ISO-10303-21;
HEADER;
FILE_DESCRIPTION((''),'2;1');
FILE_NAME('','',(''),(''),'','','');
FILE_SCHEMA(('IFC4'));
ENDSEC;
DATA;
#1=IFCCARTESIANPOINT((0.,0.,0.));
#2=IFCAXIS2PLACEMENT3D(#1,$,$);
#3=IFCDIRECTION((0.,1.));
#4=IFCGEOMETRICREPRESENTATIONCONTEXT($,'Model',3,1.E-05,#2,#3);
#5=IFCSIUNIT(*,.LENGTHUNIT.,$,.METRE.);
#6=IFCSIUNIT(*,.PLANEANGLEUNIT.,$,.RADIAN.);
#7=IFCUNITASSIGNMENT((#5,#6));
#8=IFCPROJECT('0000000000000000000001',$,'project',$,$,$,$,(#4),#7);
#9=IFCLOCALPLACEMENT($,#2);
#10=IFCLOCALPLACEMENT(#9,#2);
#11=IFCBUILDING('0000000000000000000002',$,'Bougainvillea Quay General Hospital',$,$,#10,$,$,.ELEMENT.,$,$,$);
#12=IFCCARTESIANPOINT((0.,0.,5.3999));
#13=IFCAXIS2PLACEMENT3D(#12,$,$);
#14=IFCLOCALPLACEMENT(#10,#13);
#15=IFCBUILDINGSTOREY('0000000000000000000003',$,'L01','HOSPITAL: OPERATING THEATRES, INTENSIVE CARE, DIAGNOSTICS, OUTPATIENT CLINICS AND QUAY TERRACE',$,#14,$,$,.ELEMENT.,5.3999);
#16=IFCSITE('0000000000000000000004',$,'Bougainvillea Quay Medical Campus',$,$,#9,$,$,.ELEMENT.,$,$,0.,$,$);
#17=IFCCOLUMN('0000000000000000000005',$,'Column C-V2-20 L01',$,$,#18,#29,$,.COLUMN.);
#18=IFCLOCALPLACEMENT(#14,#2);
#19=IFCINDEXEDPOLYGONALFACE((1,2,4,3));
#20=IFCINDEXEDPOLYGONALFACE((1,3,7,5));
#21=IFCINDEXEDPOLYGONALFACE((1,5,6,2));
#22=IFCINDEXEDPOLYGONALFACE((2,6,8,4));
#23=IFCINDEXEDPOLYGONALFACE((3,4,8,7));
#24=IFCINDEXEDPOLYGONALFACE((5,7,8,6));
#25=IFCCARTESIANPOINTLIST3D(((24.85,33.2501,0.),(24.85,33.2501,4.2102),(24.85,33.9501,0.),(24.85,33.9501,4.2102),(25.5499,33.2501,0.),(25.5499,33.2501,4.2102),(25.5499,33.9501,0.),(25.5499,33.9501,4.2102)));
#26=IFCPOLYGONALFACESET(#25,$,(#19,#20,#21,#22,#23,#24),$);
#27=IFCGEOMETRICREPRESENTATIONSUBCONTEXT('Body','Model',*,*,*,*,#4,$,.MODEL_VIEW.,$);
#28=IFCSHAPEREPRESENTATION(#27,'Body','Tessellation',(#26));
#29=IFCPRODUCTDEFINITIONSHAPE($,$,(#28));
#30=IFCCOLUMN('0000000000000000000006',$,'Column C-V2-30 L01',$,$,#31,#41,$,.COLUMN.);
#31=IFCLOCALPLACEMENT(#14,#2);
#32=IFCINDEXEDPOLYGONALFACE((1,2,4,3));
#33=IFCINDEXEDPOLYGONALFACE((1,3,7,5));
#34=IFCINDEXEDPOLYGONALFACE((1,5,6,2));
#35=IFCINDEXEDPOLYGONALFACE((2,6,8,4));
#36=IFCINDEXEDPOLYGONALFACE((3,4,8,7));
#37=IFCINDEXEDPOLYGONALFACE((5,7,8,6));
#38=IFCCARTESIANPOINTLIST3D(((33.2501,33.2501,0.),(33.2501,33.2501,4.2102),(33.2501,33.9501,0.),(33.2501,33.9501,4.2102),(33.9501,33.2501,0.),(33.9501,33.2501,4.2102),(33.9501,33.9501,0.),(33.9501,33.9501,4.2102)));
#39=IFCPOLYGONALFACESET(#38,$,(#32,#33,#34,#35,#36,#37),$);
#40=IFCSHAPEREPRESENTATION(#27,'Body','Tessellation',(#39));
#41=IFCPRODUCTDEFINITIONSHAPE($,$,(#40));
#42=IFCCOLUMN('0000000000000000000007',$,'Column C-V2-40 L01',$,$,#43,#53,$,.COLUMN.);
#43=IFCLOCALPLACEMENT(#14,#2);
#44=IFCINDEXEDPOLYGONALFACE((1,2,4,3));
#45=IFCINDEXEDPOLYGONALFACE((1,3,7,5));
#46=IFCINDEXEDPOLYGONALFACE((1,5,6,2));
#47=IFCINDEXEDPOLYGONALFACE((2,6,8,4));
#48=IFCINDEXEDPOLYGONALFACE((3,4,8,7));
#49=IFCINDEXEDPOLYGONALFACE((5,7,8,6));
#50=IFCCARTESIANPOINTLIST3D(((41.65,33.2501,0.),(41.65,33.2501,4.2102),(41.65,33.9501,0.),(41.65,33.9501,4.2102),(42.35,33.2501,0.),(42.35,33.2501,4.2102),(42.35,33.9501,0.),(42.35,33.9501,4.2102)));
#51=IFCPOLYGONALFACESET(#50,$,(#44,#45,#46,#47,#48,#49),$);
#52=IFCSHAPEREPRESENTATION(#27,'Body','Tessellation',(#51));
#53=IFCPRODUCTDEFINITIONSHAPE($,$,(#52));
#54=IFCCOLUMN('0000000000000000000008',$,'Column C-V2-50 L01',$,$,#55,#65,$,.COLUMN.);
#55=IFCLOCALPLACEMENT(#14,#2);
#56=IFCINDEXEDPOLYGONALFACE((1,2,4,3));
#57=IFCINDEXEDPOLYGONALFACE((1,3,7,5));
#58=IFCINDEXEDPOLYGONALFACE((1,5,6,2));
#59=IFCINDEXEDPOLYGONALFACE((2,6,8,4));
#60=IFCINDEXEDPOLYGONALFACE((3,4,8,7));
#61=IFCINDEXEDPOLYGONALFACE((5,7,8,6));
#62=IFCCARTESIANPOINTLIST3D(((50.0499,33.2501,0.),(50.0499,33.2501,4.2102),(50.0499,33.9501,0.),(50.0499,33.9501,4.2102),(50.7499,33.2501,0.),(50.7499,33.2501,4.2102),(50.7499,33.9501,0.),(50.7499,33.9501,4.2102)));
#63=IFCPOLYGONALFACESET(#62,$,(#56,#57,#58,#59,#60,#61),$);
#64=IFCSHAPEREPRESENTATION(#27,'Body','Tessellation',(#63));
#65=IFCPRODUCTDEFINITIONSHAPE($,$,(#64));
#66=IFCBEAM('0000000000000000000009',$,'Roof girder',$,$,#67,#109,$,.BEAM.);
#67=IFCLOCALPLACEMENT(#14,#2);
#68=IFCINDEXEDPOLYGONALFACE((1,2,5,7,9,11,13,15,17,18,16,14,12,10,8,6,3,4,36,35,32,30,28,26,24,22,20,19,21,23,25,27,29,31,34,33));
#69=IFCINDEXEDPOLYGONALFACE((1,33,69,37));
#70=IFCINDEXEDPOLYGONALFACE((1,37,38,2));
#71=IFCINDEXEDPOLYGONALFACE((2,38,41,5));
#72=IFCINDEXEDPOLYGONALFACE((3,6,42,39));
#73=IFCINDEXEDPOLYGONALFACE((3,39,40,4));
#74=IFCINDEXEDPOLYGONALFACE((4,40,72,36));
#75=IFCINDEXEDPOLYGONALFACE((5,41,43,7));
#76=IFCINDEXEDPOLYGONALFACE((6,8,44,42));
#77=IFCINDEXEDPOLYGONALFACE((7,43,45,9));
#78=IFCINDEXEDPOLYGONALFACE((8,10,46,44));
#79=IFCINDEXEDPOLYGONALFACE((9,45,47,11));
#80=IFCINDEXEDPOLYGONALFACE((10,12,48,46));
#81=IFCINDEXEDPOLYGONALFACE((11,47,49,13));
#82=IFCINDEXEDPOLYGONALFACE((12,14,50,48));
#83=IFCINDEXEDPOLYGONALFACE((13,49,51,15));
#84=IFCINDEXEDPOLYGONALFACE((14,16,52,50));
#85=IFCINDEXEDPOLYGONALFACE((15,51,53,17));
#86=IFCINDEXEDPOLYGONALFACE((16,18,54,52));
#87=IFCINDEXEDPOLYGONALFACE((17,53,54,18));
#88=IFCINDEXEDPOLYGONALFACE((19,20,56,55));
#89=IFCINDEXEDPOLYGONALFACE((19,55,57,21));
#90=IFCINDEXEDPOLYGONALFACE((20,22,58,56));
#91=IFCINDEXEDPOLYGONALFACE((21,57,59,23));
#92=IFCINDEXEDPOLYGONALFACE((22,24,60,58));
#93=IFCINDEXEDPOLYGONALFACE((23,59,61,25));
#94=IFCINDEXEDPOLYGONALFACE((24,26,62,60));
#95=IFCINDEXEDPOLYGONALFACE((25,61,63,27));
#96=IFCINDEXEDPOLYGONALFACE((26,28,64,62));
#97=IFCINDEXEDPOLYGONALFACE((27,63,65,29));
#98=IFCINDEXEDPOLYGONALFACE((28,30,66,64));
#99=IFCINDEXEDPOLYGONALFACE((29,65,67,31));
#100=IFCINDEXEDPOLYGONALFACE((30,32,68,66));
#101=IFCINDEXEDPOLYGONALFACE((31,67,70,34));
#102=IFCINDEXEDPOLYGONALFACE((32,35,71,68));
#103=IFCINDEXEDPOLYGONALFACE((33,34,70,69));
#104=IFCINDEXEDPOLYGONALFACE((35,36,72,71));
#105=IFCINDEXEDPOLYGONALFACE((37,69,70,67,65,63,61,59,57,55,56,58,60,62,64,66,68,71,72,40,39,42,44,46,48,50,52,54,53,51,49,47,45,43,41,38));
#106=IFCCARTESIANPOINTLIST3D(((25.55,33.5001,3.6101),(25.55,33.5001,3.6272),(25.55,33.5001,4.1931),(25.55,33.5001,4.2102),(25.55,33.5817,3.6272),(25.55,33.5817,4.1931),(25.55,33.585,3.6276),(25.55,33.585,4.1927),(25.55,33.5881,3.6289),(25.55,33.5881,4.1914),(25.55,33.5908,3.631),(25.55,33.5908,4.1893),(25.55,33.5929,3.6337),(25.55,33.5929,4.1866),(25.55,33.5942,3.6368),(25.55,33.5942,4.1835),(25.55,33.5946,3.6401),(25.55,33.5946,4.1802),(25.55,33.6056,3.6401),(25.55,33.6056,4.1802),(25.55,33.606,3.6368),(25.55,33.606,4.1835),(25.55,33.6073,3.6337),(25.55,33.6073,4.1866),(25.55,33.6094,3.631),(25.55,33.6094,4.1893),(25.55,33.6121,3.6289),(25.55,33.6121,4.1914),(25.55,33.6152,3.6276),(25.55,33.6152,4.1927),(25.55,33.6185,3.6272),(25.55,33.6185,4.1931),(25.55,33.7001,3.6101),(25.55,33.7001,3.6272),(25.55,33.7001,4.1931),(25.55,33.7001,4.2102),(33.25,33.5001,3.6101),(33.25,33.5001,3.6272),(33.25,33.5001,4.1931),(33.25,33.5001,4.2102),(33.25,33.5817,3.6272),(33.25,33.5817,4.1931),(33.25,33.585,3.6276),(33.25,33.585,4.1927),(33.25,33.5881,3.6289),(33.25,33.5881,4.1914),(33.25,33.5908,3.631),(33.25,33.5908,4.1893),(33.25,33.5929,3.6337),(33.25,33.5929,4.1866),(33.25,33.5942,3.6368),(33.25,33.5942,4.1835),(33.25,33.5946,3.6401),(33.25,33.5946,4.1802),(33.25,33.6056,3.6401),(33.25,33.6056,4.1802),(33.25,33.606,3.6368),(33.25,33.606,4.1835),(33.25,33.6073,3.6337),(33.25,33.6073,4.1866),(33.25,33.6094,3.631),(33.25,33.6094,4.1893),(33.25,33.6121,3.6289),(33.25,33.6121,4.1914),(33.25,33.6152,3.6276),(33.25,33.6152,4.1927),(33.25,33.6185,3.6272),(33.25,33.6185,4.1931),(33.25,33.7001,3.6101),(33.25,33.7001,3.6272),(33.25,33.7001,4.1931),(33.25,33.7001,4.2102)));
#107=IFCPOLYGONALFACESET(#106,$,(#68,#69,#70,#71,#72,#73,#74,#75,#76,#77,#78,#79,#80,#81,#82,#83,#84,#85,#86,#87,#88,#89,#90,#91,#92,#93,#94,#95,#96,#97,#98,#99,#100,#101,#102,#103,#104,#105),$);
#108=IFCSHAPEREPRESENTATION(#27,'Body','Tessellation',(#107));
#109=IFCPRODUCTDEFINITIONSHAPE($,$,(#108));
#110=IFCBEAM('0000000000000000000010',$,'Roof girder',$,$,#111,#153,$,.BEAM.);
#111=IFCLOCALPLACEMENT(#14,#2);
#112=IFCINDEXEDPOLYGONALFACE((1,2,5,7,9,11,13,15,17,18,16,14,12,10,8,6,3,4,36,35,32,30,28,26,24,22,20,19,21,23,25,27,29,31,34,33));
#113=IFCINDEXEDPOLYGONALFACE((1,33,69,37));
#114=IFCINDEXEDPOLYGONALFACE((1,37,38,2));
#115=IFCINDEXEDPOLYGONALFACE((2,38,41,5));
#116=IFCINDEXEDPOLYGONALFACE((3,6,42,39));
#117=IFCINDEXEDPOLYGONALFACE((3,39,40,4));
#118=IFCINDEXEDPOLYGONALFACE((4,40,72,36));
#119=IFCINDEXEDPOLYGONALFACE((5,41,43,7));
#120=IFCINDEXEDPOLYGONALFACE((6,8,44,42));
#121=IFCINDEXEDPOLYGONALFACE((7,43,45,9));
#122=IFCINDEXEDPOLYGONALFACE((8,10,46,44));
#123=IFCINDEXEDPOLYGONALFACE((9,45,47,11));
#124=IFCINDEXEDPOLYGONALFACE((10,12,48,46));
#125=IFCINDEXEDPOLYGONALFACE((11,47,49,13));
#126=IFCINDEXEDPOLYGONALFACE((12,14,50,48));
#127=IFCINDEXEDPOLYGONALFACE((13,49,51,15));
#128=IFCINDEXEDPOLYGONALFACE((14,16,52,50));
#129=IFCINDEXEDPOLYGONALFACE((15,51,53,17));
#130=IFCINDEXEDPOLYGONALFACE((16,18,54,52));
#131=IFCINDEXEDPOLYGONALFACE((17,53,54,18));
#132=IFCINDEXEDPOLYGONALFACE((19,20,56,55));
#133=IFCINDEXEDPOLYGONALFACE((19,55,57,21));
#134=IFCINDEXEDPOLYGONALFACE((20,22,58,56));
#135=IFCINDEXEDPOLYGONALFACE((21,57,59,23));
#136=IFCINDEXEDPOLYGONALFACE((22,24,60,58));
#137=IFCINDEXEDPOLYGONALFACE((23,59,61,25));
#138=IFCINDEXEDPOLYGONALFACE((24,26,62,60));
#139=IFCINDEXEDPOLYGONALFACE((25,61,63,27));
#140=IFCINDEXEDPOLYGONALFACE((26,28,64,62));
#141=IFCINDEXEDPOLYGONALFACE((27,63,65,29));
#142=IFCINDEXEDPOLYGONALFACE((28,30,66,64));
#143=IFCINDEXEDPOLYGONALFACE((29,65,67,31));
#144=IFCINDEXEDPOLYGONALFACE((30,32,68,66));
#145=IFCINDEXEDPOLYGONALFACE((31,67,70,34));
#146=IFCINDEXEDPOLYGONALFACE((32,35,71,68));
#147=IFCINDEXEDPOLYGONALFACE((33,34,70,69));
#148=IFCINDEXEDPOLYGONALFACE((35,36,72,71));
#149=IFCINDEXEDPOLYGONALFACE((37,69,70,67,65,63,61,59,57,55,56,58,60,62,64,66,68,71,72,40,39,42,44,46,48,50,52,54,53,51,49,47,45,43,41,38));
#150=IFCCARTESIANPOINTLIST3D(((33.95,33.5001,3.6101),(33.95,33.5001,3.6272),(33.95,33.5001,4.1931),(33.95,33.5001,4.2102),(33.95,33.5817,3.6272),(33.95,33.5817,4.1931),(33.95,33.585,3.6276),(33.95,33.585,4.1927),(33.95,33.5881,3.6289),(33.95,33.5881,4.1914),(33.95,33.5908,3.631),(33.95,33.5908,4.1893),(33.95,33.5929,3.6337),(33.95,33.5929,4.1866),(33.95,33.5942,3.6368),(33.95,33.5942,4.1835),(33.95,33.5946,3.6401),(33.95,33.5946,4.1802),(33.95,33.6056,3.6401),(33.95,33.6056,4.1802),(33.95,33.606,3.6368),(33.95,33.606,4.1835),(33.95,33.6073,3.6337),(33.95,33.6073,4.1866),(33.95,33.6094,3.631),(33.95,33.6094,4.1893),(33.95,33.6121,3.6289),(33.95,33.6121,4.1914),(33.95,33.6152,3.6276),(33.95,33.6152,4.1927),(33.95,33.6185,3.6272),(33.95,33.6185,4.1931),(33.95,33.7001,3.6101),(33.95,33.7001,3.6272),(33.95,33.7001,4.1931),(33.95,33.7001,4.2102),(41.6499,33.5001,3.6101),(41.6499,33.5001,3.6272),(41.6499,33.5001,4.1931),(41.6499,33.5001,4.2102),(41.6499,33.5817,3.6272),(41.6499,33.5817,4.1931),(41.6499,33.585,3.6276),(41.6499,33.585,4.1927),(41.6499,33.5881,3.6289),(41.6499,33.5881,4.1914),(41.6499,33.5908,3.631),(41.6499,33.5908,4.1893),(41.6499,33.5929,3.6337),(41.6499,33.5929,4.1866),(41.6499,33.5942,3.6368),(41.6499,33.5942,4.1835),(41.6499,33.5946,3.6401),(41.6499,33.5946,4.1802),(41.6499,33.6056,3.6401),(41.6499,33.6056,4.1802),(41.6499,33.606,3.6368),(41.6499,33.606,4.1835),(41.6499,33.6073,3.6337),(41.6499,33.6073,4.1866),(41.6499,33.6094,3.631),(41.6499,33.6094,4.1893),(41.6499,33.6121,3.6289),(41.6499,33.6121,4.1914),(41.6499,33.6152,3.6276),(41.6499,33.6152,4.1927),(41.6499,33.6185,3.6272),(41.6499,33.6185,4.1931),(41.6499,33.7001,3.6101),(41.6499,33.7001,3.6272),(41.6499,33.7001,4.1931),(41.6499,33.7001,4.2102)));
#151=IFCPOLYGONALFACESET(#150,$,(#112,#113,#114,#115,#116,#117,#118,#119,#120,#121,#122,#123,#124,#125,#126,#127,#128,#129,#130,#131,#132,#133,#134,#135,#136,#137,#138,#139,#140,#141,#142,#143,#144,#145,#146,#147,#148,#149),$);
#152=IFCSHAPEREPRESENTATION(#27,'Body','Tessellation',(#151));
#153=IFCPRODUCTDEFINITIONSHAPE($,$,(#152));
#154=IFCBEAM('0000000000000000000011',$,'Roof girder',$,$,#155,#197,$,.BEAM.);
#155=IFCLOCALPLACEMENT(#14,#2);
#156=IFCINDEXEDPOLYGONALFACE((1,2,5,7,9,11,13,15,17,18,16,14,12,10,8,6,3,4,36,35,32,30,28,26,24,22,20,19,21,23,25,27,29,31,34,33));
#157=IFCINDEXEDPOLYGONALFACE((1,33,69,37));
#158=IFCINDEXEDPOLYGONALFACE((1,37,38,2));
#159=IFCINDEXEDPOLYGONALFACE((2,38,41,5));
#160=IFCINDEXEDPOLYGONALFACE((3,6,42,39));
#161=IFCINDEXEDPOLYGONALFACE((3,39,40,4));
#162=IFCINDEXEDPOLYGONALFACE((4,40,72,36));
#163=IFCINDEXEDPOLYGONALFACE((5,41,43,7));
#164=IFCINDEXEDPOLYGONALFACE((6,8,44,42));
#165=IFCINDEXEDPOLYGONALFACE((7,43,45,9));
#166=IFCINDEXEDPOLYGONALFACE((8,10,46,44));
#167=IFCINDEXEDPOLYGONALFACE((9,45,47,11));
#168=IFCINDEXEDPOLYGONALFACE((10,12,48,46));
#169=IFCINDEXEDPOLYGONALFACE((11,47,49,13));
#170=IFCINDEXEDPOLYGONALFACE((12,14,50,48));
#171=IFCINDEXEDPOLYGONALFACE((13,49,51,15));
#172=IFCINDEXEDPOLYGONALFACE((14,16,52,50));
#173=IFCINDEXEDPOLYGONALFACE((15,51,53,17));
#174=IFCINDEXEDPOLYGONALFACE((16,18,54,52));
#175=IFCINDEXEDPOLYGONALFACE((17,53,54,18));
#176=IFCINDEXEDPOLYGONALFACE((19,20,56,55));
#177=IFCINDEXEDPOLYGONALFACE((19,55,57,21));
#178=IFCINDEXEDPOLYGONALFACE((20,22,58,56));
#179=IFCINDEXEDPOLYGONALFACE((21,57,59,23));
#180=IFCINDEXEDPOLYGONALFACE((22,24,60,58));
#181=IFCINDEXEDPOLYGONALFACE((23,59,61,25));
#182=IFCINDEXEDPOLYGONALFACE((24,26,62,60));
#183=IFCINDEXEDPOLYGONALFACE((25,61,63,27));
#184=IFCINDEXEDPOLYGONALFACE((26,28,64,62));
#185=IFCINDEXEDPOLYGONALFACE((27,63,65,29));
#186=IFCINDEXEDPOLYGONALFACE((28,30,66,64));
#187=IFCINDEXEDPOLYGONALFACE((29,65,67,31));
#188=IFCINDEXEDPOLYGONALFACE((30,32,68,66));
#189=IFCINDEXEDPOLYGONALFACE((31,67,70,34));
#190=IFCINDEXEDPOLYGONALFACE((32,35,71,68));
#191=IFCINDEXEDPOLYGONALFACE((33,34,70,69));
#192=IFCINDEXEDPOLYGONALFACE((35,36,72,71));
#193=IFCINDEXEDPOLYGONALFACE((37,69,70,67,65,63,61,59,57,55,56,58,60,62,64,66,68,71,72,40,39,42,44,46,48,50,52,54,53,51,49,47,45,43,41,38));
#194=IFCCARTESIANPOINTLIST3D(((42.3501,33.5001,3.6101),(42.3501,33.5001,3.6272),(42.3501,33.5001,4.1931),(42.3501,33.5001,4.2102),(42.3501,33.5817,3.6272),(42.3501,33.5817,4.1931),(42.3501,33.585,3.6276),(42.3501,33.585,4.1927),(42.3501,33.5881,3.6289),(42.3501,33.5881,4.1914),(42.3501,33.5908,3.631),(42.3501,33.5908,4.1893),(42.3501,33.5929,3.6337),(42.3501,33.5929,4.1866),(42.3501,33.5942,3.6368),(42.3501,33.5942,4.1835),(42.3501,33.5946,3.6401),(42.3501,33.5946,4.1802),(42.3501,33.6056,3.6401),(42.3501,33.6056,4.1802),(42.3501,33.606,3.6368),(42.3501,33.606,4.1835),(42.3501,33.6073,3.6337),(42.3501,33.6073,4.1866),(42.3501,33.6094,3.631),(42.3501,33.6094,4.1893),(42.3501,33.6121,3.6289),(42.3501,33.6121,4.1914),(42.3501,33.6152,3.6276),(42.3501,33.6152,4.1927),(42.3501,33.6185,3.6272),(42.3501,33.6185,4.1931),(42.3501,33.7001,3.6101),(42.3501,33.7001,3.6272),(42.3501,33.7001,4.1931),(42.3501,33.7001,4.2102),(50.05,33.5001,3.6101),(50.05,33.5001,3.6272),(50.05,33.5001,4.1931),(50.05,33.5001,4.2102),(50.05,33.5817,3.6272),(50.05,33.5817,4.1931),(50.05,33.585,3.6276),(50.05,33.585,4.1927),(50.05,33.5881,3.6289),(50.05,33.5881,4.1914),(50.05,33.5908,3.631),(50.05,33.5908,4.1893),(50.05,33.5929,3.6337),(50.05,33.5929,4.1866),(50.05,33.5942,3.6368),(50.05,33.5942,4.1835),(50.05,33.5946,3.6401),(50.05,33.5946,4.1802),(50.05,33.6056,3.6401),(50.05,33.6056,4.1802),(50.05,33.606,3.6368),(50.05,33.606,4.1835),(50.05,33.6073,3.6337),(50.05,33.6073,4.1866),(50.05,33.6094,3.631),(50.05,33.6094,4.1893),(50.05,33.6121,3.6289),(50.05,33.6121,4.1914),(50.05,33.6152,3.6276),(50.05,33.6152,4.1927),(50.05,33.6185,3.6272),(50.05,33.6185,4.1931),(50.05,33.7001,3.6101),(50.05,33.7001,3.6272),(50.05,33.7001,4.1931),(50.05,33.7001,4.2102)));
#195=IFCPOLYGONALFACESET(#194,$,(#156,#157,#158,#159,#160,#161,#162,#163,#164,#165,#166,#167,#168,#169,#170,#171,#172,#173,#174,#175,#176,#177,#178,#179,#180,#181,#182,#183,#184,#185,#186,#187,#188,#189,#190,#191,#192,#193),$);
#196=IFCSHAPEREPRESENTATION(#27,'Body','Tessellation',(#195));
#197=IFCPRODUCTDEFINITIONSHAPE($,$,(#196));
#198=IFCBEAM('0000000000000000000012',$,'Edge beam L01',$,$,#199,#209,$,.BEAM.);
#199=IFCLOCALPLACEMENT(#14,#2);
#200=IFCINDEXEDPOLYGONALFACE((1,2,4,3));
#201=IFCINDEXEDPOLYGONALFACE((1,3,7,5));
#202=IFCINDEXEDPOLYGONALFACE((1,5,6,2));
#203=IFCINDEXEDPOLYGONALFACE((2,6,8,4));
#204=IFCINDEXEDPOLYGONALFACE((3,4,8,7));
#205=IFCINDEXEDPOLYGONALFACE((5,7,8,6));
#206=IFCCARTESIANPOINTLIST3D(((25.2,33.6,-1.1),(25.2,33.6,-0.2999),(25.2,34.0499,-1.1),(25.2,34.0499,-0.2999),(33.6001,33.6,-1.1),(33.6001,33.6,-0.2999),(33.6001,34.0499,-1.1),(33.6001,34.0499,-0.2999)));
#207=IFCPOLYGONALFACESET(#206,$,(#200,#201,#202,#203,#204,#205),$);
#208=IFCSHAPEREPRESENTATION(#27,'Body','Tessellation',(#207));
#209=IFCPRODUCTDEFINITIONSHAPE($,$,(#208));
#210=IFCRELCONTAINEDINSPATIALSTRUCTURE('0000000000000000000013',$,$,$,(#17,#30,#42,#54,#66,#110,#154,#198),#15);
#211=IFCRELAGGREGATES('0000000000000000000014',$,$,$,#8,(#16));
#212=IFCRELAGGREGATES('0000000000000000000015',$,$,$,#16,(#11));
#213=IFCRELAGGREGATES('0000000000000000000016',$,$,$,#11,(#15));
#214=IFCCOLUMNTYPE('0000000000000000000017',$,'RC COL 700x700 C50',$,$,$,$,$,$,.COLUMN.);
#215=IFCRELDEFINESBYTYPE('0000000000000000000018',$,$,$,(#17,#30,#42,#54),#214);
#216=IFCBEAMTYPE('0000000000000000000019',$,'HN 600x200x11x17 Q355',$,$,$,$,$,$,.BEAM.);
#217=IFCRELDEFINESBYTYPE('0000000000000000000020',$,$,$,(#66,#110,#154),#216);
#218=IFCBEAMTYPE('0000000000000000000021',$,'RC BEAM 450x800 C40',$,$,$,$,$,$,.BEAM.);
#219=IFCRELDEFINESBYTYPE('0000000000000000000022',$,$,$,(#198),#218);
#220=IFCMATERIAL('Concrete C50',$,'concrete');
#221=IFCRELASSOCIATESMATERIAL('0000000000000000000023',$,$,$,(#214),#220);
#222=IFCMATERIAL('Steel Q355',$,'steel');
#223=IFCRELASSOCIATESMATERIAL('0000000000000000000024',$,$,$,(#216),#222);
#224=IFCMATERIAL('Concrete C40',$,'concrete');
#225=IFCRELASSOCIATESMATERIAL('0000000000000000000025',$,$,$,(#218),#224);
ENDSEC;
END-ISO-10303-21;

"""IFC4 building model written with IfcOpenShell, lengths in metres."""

from ifc_helpers import new_model, si_unit, direction, frame, origin, origin_2d, place, context, subcontext, project, spatial, rectangle, i_section, extrude, material, material_profile, profile_set, type_object, element, save


model = new_model("IFC4")

# Units and contexts
model_context = context("Model", 3, precision=1e-05, world=origin(), true_north=direction((0.0, 1.0)))
body_context = subcontext(model_context, "Body", "Model", "MODEL_VIEW")
ifc_project = project(units=[si_unit("LENGTHUNIT", "METRE"), si_unit("PLANEANGLEUNIT", "RADIAN")], contexts=[model_context])

# Site, building, storey
site_placement = place(None, origin())
site = spatial("IfcSite", under=ifc_project, at=site_placement, Name="Bougainvillea Quay Medical Campus", CompositionType="ELEMENT", RefElevation=0.0)
building_placement = place(site_placement, origin())
building = spatial("IfcBuilding", under=site, at=building_placement, Name="Bougainvillea Quay General Hospital", CompositionType="ELEMENT")
storey_placement = place(building_placement, frame((0.0, 0.0, 5.3999)))
storey = spatial("IfcBuildingStorey", under=building, at=storey_placement, Name="L01", Description="HOSPITAL: OPERATING THEATRES, INTENSIVE CARE, DIAGNOSTICS, OUTPATIENT CLINICS AND QUAY TERRACE", CompositionType="ELEMENT", Elevation=5.3999)

# Columns
ifc_material_1 = material(Name="Concrete C50", Category="concrete")
ifc_material_profile_1 = material_profile(ifc_material_1, rectangle(XDim=0.7, YDim=0.7, at=origin_2d()))
ifc_profile_set_1 = profile_set([ifc_material_profile_1], Name="Concrete C50")
column_type = type_object("IfcColumnType", Name="RC COL 700x700 C50", PredefinedType="COLUMN", material=ifc_profile_set_1)
for number, where, z_axis, x_axis, name in (
    (1, (25.2, 33.6001, 0.0), (0.0, 0.0, 1.0), (1.0, 0.0, 0.0), "Column C-V2-20 L01"),
    (2, (33.6001, 33.6001, 0.0), (0.0, 0.0, 1.0), (1.0, 0.0, 0.0), "Column C-V2-30 L01"),
    (3, (42.0, 33.6001, 0.0), (0.0, 0.0, 1.0), (1.0, 0.0, 0.0), "Column C-V2-40 L01"),
    (4, (50.3999, 33.6001, 0.0), (0.0, 0.0, 1.0), (1.0, 0.0, 0.0), "Column C-V2-50 L01"),
):
    element("IfcColumn", number, at=place(storey_placement, frame(where, z_axis=z_axis, x_axis=x_axis)), inside=storey, type_object=column_type, Name=name, PredefinedType="COLUMN", context=body_context, shape_type="SweptSolid", body=[
        extrude(rectangle(XDim=0.7, YDim=0.7, at=origin_2d()), origin(), (0.0, 0.0, 1.0), 4.2102),
    ])

# Beams
ifc_material_2 = material(Name="Steel Q355", Category="steel")
ifc_material_profile_2 = material_profile(ifc_material_2, i_section(OverallWidth=0.2, OverallDepth=0.6001, WebThickness=0.011, FlangeThickness=0.0171, FilletRadius=0.0129, at=origin_2d()))
ifc_profile_set_2 = profile_set([ifc_material_profile_2], Name="Steel Q355")
beam_type_1 = type_object("IfcBeamType", Name="HN 600x200x11x17 Q355", PredefinedType="BEAM", material=ifc_profile_set_2)
for number, where, z_axis, x_axis, name in (
    (5, (25.55, 33.6001, 3.9102), (1.0, 0.0, 0.0), (0.0, 1.0, 0.0), "Roof girder"),
    (6, (33.95, 33.6001, 3.9102), (1.0, 0.0, 0.0), (0.0, 1.0, 0.0), "Roof girder"),
    (7, (42.3501, 33.6001, 3.9102), (1.0, 0.0, 0.0), (0.0, 1.0, 0.0), "Roof girder"),
):
    element("IfcBeam", number, at=place(storey_placement, frame(where, z_axis=z_axis, x_axis=x_axis)), inside=storey, type_object=beam_type_1, Name=name, PredefinedType="BEAM", context=body_context, shape_type="SweptSolid", body=[
        extrude(i_section(OverallWidth=0.2, OverallDepth=0.6001, WebThickness=0.011, FlangeThickness=0.0171, FilletRadius=0.0129, at=origin_2d()), origin(), (0.0, 0.0, 1.0), 7.7),
    ])
ifc_material_3 = material(Name="Concrete C40", Category="concrete")
ifc_material_profile_3 = material_profile(ifc_material_3, rectangle(XDim=0.45, YDim=0.8, at=origin_2d()))
ifc_profile_set_3 = profile_set([ifc_material_profile_3], Name="Concrete C40")
beam_type_2 = type_object("IfcBeamType", Name="RC BEAM 450x800 C40", PredefinedType="BEAM", material=ifc_profile_set_3)
beam_placement = place(storey_placement, frame((25.2, 33.825, -0.7), z_axis=(1.0, 0.0, 0.0), x_axis=(0.0, 1.0, 0.0)))
element("IfcBeam", 8, at=beam_placement, inside=storey, type_object=beam_type_2, Name="Edge beam L01", PredefinedType="BEAM", context=body_context, shape_type="SweptSolid", body=[
    extrude(rectangle(XDim=0.45, YDim=0.8, at=origin_2d()), origin(), (0.0, 0.0, 1.0), 8.4001),
])

save(model, "model.ifc")
